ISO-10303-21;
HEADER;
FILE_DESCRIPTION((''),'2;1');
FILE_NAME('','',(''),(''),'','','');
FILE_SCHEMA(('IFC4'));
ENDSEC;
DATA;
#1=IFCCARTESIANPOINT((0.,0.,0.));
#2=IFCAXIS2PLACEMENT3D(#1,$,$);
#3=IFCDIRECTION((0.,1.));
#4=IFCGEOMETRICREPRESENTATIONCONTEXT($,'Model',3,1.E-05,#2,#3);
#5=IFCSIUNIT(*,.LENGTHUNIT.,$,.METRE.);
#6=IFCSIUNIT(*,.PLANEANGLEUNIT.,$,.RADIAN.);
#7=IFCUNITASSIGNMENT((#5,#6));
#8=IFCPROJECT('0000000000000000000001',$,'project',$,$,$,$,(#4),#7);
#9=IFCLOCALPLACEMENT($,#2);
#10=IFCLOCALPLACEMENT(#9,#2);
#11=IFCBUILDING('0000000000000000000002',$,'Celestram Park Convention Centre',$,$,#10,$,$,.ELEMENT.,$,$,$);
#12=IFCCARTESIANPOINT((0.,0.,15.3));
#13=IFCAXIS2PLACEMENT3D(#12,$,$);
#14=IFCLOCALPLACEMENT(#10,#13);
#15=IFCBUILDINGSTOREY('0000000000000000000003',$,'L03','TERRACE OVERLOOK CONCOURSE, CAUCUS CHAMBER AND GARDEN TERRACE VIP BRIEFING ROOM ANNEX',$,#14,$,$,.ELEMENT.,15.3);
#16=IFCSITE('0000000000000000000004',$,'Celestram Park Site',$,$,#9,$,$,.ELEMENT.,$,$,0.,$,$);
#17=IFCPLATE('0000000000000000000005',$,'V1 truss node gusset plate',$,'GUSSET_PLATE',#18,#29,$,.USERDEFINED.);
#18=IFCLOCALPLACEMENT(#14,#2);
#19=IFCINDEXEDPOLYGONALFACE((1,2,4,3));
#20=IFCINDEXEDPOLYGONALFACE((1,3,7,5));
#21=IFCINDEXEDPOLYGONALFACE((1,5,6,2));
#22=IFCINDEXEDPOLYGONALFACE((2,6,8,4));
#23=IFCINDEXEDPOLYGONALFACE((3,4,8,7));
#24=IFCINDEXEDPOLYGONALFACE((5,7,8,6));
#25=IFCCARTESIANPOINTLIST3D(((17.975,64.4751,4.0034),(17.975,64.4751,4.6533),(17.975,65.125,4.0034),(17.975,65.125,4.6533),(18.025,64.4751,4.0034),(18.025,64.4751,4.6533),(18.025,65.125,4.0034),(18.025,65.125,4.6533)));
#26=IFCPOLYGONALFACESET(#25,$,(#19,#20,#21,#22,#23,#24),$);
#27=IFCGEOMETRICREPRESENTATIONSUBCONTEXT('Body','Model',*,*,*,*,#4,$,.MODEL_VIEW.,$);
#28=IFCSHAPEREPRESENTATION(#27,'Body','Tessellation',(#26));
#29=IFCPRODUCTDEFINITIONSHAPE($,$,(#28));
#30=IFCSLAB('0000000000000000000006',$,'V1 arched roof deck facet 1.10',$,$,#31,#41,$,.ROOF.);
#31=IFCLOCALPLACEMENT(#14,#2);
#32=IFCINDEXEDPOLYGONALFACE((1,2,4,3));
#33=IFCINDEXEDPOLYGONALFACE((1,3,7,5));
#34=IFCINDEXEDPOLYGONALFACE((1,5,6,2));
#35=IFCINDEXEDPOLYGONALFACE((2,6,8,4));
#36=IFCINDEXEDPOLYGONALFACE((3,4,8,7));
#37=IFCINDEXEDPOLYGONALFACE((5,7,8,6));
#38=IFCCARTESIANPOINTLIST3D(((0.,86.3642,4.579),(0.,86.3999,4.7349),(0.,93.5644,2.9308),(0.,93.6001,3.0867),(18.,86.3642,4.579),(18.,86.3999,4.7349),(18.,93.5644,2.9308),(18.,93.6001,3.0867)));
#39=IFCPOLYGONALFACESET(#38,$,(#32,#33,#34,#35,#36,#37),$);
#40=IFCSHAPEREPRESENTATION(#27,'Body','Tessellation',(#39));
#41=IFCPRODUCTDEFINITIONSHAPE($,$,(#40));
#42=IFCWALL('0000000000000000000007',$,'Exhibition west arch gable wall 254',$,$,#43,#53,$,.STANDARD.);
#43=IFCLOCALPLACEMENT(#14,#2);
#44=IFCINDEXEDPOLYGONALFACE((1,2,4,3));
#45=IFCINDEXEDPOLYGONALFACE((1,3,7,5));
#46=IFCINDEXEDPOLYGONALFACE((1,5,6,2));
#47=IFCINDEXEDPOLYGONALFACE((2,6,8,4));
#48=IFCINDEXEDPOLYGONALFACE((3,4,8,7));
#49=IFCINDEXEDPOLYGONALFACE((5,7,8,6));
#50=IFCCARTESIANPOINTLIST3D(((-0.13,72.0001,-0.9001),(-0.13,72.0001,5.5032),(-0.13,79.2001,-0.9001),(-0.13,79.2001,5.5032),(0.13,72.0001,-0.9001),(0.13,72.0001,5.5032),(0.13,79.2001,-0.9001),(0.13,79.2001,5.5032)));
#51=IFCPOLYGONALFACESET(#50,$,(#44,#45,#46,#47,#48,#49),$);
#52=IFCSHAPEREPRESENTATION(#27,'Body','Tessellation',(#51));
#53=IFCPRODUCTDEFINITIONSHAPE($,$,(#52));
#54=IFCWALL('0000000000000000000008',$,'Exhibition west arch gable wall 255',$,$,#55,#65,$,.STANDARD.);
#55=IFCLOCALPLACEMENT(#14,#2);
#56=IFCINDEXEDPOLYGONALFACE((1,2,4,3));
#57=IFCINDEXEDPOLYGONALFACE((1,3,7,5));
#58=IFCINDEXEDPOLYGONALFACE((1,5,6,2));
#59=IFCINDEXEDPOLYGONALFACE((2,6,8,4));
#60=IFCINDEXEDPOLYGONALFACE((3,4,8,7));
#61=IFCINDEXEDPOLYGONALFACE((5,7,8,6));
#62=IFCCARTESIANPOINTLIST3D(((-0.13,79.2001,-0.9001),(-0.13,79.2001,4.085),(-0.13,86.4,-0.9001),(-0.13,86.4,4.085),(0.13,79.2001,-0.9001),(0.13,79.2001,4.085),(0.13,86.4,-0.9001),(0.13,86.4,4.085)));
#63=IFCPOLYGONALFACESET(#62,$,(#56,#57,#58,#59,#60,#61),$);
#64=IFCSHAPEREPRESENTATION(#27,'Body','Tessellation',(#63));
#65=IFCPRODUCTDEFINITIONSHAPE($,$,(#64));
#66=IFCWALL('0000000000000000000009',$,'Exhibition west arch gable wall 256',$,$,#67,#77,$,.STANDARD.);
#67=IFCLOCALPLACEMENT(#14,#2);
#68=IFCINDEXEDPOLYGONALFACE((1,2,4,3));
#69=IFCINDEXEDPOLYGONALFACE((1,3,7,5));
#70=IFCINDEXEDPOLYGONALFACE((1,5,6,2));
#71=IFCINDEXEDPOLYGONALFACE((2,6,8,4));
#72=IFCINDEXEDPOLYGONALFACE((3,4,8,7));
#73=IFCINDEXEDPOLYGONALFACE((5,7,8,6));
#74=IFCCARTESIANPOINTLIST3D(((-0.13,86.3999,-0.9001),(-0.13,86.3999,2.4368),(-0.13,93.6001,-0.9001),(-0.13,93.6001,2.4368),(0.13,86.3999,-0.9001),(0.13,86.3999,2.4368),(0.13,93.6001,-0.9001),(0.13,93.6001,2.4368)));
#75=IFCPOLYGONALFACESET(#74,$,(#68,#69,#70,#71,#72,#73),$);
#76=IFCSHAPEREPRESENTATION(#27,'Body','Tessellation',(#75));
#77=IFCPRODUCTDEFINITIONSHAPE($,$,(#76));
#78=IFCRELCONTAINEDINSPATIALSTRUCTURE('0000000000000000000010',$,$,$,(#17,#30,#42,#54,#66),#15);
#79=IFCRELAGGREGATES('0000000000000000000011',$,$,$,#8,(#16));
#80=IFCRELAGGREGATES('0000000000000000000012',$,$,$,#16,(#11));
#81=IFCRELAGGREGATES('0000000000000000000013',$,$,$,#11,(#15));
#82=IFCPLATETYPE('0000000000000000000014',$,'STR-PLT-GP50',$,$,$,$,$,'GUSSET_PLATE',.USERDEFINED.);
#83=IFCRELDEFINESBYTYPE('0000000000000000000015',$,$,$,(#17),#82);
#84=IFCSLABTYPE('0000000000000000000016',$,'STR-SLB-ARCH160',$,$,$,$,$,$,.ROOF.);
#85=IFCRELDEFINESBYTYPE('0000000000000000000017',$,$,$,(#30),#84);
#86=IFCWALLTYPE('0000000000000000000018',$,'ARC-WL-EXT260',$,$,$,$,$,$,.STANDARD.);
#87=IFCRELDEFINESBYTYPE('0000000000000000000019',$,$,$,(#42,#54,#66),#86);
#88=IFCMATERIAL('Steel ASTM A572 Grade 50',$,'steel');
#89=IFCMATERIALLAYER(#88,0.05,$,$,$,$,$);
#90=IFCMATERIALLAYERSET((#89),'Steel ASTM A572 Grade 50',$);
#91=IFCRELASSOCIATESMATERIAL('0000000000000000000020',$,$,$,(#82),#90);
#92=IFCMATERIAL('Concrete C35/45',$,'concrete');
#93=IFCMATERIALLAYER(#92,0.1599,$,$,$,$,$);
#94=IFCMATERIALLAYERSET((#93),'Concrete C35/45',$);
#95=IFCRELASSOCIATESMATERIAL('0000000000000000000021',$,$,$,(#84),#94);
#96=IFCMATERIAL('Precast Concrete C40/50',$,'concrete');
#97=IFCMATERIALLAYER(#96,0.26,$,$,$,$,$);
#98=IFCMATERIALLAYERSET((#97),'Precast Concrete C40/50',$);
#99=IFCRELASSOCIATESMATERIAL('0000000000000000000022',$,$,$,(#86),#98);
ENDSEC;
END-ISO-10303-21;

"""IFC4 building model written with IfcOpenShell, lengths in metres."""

from ifc_helpers import new_model, si_unit, direction, frame, frame_2d, origin, origin_2d, place, context, subcontext, project, spatial, polyline, rectangle, outline, extrude, material, layer, layer_set, type_object, element, save


model = new_model("IFC4")

# Units and contexts
model_context = context("Model", 3, precision=1e-05, world=origin(), true_north=direction((0.0, 1.0)))
body_context = subcontext(model_context, "Body", "Model", "MODEL_VIEW")
ifc_project = project(units=[si_unit("LENGTHUNIT", "METRE"), si_unit("PLANEANGLEUNIT", "RADIAN")], contexts=[model_context])

# Site, building, storey
site_placement = place(None, origin())
site = spatial("IfcSite", under=ifc_project, at=site_placement, Name="Celestram Park Site", CompositionType="ELEMENT", RefElevation=0.0)
building_placement = place(site_placement, origin())
building = spatial("IfcBuilding", under=site, at=building_placement, Name="Celestram Park Convention Centre", CompositionType="ELEMENT")
storey_placement = place(building_placement, frame((0.0, 0.0, 15.3)))
storey = spatial("IfcBuildingStorey", under=building, at=storey_placement, Name="L03", Description="TERRACE OVERLOOK CONCOURSE, CAUCUS CHAMBER AND GARDEN TERRACE VIP BRIEFING ROOM ANNEX", CompositionType="ELEMENT", Elevation=15.3)

# Plate
ifc_material_1 = material(Name="Steel ASTM A572 Grade 50", Category="steel")
ifc_layer_1 = layer(ifc_material_1, 0.05)
ifc_layer_set_1 = layer_set([ifc_layer_1], Name="Steel ASTM A572 Grade 50")
plate_type = type_object("IfcPlateType", Name="STR-PLT-GP50", ElementType="GUSSET_PLATE", PredefinedType="USERDEFINED", material=ifc_layer_set_1)
for number, where, z_axis, x_axis, name in (
    (1, (18.0, 64.8, 4.0034), (0.0, 0.0, 1.0), (0.0, 1.0, 0.0), "V1 truss node gusset plate"),
):
    element("IfcPlate", number, at=place(storey_placement, frame(where, z_axis=z_axis, x_axis=x_axis)), inside=storey, type_object=plate_type, Name=name, ObjectType="GUSSET_PLATE", PredefinedType="USERDEFINED", context=body_context, shape_type="SweptSolid", body=[
        extrude(rectangle(XDim=0.6499, YDim=0.05, at=origin_2d()), origin(), (0.0, 0.0, 1.0), 0.6499),
    ])

# Slab
ifc_material_2 = material(Name="Concrete C35/45", Category="concrete")
ifc_layer_2 = layer(ifc_material_2, 0.1599)
ifc_layer_set_2 = layer_set([ifc_layer_2], Name="Concrete C35/45")
slab_type = type_object("IfcSlabType", Name="STR-SLB-ARCH160", PredefinedType="ROOF", material=ifc_layer_set_2)
slab_placement = place(storey_placement, frame((0.0, 86.3999, 4.7349), z_axis=(0.0, 0.223138, 0.974787), x_axis=(1.0, 0.0, 0.0)))
element("IfcSlab", 2, at=slab_placement, inside=storey, type_object=slab_type, Name="V1 arched roof deck facet 1.10", PredefinedType="ROOF", context=body_context, shape_type="SweptSolid", body=[
    extrude(outline(polyline([(0.0, 0.0), (18.0, 0.0), (18.0, 7.3864), (0.0, 7.3864), (0.0, 0.0)])), origin(), (0.0, 0.0, -1.0), 0.1599),
])

# Walls
ifc_material_3 = material(Name="Precast Concrete C40/50", Category="concrete")
ifc_layer_3 = layer(ifc_material_3, 0.26)
ifc_layer_set_3 = layer_set([ifc_layer_3], Name="Precast Concrete C40/50")
wall_type = type_object("IfcWallType", Name="ARC-WL-EXT260", PredefinedType="STANDARD", material=ifc_layer_set_3)
wall_1_placement = place(storey_placement, frame((0.0, 72.0, -0.9001), z_axis=(0.0, 0.0, 1.0), x_axis=(0.0, 1.0, 0.0)))
element("IfcWall", 3, at=wall_1_placement, inside=storey, type_object=wall_type, Name="Exhibition west arch gable wall 254", PredefinedType="STANDARD", context=body_context, shape_type="SweptSolid", body=[
    extrude(rectangle(XDim=7.2, YDim=0.26, at=frame_2d((3.6001, 0.0))), origin(), (0.0, 0.0, 1.0), 6.4033),
])
wall_2_placement = place(storey_placement, frame((0.0, 79.2, -0.9001), z_axis=(0.0, 0.0, 1.0), x_axis=(0.0, 1.0, 0.0)))
element("IfcWall", 4, at=wall_2_placement, inside=storey, type_object=wall_type, Name="Exhibition west arch gable wall 255", PredefinedType="STANDARD", context=body_context, shape_type="SweptSolid", body=[
    extrude(rectangle(XDim=7.2, YDim=0.26, at=frame_2d((3.6001, 0.0))), origin(), (0.0, 0.0, 1.0), 4.9851),
])
wall_3_placement = place(storey_placement, frame((0.0, 86.3999, -0.9001), z_axis=(0.0, 0.0, 1.0), x_axis=(0.0, 1.0, 0.0)))
element("IfcWall", 5, at=wall_3_placement, inside=storey, type_object=wall_type, Name="Exhibition west arch gable wall 256", PredefinedType="STANDARD", context=body_context, shape_type="SweptSolid", body=[
    extrude(rectangle(XDim=7.2002, YDim=0.26, at=frame_2d((3.6001, 0.0))), origin(), (0.0, 0.0, 1.0), 3.3369),
])

save(model, "model.ifc")
